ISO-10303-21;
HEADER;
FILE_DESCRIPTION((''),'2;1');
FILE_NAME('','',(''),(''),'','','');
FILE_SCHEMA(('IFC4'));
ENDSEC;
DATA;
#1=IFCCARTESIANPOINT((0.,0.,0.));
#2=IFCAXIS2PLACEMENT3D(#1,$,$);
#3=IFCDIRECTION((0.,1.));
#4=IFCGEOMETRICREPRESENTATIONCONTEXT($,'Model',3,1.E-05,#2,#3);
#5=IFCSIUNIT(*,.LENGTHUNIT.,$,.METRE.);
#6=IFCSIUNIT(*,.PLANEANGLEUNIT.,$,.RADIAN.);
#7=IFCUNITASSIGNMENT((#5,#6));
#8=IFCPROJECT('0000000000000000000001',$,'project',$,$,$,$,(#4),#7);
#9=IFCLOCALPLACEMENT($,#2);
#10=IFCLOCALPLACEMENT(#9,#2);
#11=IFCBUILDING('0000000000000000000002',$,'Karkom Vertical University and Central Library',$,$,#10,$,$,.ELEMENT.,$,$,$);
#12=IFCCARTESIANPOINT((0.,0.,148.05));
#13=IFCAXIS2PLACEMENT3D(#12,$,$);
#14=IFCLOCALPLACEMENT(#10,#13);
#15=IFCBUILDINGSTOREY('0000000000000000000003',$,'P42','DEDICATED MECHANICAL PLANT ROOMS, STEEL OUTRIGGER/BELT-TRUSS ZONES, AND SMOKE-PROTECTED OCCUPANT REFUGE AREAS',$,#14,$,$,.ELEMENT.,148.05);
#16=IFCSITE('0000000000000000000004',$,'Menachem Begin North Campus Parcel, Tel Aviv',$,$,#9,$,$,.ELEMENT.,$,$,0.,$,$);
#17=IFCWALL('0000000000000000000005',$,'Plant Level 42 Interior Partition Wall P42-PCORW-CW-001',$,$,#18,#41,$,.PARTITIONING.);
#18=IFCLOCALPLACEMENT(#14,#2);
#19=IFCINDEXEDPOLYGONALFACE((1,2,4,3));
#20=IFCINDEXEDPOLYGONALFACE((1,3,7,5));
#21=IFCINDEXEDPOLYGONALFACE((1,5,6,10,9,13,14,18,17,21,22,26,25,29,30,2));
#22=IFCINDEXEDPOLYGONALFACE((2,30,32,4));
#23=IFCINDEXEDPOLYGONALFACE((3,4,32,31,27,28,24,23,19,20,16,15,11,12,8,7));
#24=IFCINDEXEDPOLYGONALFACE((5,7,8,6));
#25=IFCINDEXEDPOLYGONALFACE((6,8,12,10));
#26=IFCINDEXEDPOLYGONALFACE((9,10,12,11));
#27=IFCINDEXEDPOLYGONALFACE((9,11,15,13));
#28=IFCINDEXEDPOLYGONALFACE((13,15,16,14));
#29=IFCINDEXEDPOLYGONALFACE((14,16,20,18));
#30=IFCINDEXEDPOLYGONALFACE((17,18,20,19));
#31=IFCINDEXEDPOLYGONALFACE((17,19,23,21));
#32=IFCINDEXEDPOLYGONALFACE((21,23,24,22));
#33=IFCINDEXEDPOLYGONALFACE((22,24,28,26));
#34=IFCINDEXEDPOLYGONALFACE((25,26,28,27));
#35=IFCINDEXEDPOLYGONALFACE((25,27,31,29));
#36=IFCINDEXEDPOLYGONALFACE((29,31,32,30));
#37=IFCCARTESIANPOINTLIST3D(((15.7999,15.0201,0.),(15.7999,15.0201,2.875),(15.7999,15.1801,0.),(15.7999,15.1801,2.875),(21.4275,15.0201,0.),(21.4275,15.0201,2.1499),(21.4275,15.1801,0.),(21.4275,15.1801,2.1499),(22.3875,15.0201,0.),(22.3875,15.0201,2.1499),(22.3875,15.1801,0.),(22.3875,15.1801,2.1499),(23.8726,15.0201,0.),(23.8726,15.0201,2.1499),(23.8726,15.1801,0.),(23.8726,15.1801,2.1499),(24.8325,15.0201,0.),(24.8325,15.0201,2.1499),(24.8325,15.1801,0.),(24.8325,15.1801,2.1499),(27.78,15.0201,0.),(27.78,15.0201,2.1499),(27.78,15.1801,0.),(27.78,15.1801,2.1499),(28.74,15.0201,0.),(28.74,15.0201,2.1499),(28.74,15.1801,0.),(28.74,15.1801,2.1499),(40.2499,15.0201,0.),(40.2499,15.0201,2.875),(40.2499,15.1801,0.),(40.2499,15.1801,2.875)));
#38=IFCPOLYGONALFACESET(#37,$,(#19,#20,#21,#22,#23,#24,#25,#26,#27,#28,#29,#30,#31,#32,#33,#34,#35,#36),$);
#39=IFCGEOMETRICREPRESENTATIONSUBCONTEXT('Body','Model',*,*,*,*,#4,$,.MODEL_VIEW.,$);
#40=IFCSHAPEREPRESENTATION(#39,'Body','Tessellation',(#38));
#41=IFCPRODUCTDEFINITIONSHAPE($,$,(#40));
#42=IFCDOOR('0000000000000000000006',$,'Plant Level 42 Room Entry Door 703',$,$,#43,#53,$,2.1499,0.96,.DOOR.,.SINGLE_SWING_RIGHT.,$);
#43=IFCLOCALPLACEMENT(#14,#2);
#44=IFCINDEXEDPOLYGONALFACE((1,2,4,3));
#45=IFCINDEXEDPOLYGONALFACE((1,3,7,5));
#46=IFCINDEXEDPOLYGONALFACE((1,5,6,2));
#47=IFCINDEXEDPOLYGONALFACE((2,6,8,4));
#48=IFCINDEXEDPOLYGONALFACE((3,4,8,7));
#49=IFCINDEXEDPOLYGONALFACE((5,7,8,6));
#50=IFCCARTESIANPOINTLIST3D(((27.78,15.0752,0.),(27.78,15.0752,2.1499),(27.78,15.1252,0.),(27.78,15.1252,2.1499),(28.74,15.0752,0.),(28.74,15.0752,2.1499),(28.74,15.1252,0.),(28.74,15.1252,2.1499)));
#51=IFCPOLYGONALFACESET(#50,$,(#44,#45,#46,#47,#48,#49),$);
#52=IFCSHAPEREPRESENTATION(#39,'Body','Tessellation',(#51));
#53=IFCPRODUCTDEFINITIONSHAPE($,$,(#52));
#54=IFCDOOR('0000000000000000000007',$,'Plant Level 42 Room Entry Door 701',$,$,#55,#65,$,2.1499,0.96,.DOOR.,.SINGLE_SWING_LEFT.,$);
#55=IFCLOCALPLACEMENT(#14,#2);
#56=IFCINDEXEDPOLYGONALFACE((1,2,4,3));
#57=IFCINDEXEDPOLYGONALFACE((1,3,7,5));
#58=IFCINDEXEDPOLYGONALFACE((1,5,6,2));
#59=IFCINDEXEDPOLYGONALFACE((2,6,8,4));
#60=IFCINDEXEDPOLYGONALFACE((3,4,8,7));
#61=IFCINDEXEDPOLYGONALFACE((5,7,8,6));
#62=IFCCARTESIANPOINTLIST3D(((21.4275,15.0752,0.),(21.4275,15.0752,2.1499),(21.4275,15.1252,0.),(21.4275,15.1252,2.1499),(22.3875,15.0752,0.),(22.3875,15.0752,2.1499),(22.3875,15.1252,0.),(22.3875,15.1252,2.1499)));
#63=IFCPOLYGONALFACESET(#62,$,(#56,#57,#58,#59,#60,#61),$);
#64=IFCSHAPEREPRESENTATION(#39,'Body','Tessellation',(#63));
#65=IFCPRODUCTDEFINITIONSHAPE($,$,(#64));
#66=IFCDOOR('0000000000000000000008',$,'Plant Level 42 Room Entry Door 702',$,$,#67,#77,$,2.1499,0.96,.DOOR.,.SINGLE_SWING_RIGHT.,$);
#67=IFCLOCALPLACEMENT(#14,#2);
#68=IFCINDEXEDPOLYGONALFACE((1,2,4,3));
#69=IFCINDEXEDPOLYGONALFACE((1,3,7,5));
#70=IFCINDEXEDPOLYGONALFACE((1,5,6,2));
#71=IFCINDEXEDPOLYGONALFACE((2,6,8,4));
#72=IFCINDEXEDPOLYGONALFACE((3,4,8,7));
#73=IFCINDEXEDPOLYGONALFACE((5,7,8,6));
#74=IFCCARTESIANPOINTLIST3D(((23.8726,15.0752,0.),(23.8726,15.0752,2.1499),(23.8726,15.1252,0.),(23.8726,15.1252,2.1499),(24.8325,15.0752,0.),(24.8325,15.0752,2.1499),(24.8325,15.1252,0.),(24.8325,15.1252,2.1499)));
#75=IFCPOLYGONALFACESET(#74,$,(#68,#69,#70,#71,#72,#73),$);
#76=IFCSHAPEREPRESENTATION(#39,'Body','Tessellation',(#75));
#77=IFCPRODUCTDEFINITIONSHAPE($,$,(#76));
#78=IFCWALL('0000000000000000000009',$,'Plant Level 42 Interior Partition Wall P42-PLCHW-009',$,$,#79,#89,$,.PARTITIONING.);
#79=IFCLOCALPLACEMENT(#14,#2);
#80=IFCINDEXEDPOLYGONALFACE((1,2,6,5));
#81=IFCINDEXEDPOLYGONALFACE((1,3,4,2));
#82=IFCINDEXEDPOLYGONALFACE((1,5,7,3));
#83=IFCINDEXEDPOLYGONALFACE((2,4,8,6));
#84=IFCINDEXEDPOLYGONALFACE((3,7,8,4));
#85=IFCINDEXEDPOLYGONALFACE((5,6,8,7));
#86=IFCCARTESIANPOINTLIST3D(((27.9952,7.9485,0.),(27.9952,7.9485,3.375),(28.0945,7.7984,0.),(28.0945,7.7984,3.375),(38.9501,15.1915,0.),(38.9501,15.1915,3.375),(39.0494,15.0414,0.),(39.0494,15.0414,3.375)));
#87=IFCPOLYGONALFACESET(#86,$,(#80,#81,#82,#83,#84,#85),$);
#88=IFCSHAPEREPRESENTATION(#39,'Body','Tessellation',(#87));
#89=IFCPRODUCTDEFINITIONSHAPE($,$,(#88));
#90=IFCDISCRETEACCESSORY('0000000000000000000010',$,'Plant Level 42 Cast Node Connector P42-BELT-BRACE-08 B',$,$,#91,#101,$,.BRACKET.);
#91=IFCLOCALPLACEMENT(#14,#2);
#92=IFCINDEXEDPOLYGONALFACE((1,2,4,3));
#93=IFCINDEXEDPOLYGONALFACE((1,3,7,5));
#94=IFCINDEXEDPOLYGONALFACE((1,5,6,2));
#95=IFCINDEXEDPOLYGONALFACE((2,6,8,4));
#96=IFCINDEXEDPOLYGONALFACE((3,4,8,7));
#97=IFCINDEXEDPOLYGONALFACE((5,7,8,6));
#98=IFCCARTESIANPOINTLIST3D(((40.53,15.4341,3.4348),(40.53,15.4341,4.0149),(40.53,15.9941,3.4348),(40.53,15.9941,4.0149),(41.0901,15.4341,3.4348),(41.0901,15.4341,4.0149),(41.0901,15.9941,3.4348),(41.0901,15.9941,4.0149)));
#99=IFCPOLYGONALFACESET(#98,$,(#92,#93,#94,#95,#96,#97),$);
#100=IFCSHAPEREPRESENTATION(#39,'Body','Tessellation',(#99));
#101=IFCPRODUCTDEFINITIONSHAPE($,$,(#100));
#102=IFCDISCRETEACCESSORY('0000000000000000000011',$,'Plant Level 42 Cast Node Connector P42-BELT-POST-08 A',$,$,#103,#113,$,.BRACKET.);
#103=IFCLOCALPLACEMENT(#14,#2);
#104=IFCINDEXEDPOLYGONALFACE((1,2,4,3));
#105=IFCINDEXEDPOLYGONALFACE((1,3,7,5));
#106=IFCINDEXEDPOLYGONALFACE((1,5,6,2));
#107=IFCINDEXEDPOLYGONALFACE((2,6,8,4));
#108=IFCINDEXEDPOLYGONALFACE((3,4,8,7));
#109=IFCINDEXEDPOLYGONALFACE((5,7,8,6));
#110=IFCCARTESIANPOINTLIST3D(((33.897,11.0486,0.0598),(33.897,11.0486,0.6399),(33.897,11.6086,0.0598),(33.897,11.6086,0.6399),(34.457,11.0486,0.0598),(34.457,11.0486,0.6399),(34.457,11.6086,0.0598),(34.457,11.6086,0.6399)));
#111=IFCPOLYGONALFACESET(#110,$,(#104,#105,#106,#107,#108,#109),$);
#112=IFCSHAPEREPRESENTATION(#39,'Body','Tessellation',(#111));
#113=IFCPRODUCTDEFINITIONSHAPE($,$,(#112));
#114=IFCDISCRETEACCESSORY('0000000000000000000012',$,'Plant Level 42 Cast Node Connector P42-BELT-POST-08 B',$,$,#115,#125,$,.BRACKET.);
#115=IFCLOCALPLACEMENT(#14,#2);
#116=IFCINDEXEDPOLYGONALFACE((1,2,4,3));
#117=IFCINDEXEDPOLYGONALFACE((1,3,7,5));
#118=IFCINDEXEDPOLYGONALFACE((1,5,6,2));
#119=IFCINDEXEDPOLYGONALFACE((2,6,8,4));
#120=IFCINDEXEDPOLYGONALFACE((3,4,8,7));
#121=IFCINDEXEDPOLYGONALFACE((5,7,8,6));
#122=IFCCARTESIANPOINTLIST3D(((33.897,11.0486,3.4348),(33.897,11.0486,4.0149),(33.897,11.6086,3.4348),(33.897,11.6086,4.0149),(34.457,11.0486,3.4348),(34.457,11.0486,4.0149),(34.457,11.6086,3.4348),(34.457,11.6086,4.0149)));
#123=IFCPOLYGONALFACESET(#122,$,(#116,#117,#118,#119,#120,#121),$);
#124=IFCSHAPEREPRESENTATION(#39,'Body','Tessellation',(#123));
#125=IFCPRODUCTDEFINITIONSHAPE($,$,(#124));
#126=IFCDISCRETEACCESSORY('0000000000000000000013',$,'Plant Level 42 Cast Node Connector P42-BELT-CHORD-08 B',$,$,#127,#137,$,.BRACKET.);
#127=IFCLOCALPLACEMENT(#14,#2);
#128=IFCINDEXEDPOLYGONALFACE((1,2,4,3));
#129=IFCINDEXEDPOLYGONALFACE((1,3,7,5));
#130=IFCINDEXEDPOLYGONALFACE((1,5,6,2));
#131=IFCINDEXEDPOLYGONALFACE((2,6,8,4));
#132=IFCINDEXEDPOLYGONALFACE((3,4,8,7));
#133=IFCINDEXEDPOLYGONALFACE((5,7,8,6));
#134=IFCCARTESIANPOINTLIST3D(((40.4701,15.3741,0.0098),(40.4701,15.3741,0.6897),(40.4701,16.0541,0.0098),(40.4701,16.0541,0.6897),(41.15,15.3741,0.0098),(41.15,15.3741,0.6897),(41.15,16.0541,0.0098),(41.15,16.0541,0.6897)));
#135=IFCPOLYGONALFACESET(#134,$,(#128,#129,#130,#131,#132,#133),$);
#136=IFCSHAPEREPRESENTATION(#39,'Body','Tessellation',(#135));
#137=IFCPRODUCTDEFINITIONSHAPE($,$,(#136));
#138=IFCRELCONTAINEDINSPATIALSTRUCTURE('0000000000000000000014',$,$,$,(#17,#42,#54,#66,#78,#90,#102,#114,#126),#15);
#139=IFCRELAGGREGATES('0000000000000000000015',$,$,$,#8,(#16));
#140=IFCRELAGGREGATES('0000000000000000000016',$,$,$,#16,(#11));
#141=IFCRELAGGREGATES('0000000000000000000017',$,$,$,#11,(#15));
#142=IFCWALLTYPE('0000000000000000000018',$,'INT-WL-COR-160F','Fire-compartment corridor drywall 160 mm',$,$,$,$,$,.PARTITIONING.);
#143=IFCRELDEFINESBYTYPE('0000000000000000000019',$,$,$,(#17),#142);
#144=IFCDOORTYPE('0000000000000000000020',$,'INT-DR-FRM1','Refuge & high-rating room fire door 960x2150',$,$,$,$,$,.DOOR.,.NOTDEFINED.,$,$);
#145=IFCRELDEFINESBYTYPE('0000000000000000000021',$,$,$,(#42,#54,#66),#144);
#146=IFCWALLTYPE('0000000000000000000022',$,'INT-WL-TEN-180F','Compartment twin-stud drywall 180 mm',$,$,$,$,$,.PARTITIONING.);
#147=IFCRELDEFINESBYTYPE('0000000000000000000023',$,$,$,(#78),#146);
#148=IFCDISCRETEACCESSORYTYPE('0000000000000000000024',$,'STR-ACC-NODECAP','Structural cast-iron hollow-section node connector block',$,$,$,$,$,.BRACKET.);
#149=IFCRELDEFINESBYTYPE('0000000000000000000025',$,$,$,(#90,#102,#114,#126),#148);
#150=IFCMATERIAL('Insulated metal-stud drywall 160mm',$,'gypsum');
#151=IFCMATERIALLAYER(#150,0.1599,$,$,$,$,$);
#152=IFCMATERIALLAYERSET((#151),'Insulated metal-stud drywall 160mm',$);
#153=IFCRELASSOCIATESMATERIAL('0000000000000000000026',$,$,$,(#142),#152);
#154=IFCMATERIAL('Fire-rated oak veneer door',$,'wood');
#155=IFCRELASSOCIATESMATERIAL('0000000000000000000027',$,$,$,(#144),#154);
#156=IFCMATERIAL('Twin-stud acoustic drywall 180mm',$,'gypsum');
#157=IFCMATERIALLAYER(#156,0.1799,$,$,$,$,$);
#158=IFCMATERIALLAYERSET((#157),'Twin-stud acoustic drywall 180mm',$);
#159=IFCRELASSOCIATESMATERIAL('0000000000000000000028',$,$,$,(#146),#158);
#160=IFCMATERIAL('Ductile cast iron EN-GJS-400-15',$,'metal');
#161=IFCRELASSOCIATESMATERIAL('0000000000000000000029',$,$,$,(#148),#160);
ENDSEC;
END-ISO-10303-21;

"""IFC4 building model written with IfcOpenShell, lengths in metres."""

from ifc_helpers import new_model, si_unit, direction, frame, frame_2d, origin, origin_with_axes, origin_2d, place, context, subcontext, project, spatial, rectangle, extrude, source, transform, mapped, material, layer, layer_set, type_object, element, fill, save


model = new_model("IFC4")

# Units and contexts
model_context = context("Model", 3, precision=1e-05, world=origin(), true_north=direction((0.0, 1.0)))
body_context = subcontext(model_context, "Body", "Model", "MODEL_VIEW")
ifc_project = project(units=[si_unit("LENGTHUNIT", "METRE"), si_unit("PLANEANGLEUNIT", "RADIAN")], contexts=[model_context])

# Site, building, storey
site_placement = place(None, origin())
site = spatial("IfcSite", under=ifc_project, at=site_placement, Name="Menachem Begin North Campus Parcel, Tel Aviv", CompositionType="ELEMENT", RefElevation=0.0)
building_placement = place(site_placement, origin())
building = spatial("IfcBuilding", under=site, at=building_placement, Name="Karkom Vertical University and Central Library", CompositionType="ELEMENT")
storey_placement = place(building_placement, frame((0.0, 0.0, 148.05)))
storey = spatial("IfcBuildingStorey", under=building, at=storey_placement, Name="P42", Description="DEDICATED MECHANICAL PLANT ROOMS, STEEL OUTRIGGER/BELT-TRUSS ZONES, AND SMOKE-PROTECTED OCCUPANT REFUGE AREAS", CompositionType="ELEMENT", Elevation=148.05)

# Wall, openings, doors
ifc_material_1 = material(Name="Insulated metal-stud drywall 160mm", Category="gypsum")
ifc_layer_1 = layer(ifc_material_1, 0.1599)
ifc_layer_set_1 = layer_set([ifc_layer_1], Name="Insulated metal-stud drywall 160mm")
wall_type_1 = type_object("IfcWallType", Name="INT-WL-COR-160F", Description="Fire-compartment corridor drywall 160 mm", PredefinedType="PARTITIONING", material=ifc_layer_set_1)
wall_1_placement = place(storey_placement, frame((40.25, 15.1001, 0.0), z_axis=(0.0, 0.0, 1.0), x_axis=(-1.0, 0.0, 0.0)))
wall_1 = element("IfcWall", 1, at=wall_1_placement, inside=storey, type_object=wall_type_1, Name="Plant Level 42 Interior Partition Wall P42-PCORW-CW-001", PredefinedType="PARTITIONING", context=body_context, shape_type="SweptSolid", body=[
    extrude(rectangle(XDim=24.45, YDim=0.1599, at=frame_2d((12.2251, 0.0))), origin(), (0.0, 0.0, 1.0), 2.875),
])
opening_1_placement = place(wall_1_placement, frame((11.51, 0.0, 0.0)))
opening_1 = element("IfcOpeningElement", 2, at=opening_1_placement, cuts=wall_1, PredefinedType="OPENING", context=body_context, shape_type="SweptSolid", body=[
    extrude(rectangle(XDim=0.96, YDim=2.1499, at=frame_2d((0.48, 1.075))), frame((0.0, 0.0898, 0.0), z_axis=(0.0, -1.0, 0.0), x_axis=(1.0, 0.0, 0.0)), (0.0, 0.0, 1.0), 0.1799),
])
opening_2_placement = place(wall_1_placement, frame((17.8625, 0.0, 0.0)))
opening_2 = element("IfcOpeningElement", 3, at=opening_2_placement, cuts=wall_1, PredefinedType="OPENING", context=body_context, shape_type="SweptSolid", body=[
    extrude(rectangle(XDim=0.96, YDim=2.1499, at=frame_2d((0.48, 1.075))), frame((0.0, 0.0898, 0.0), z_axis=(0.0, -1.0, 0.0), x_axis=(1.0, 0.0, 0.0)), (0.0, 0.0, 1.0), 0.1799),
])
opening_3_placement = place(wall_1_placement, frame((15.4175, 0.0, 0.0)))
opening_3 = element("IfcOpeningElement", 4, at=opening_3_placement, cuts=wall_1, PredefinedType="OPENING", context=body_context, shape_type="SweptSolid", body=[
    extrude(rectangle(XDim=0.96, YDim=2.1499, at=frame_2d((0.48, 1.075))), frame((0.0, 0.0898, 0.0), z_axis=(0.0, -1.0, 0.0), x_axis=(1.0, 0.0, 0.0)), (0.0, 0.0, 1.0), 0.1799),
])
ifc_material_2 = material(Name="Fire-rated oak veneer door", Category="wood")
door_type = type_object("IfcDoorType", Name="INT-DR-FRM1", Description="Refuge & high-rating room fire door 960x2150", OperationType="NOTDEFINED", PredefinedType="DOOR", material=ifc_material_2)
shared_shape_1 = source(origin_with_axes(), body_context, "Body", "SweptSolid", [
    extrude(rectangle(XDim=0.96, YDim=2.1499, at=frame_2d((0.48, 1.075))), frame((0.0, 0.0249, 0.0), z_axis=(0.0, -1.0, 0.0), x_axis=(1.0, 0.0, 0.0)), (0.0, 0.0, 1.0), 0.05),
])
door_1_placement = place(opening_1_placement, origin())
door_1 = element("IfcDoor", 5, at=door_1_placement, inside=storey, type_object=door_type, Name="Plant Level 42 Room Entry Door 703", OperationType="SINGLE_SWING_RIGHT", OverallHeight=2.1499, OverallWidth=0.96, PredefinedType="DOOR", context=body_context, shape_type="MappedRepresentation", body=[
    mapped(shared_shape_1, transform((0.0, 0.0, 0.0), scale=1.0)),
])
fill(opening_1, door_1)
door_2_placement = place(opening_2_placement, origin())
door_2 = element("IfcDoor", 6, at=door_2_placement, inside=storey, type_object=door_type, Name="Plant Level 42 Room Entry Door 701", OperationType="SINGLE_SWING_LEFT", OverallHeight=2.1499, OverallWidth=0.96, PredefinedType="DOOR", context=body_context, shape_type="MappedRepresentation", body=[
    mapped(shared_shape_1, transform((0.0, 0.0, 0.0), scale=1.0)),
])
fill(opening_2, door_2)
door_3_placement = place(opening_3_placement, origin())
door_3 = element("IfcDoor", 7, at=door_3_placement, inside=storey, type_object=door_type, Name="Plant Level 42 Room Entry Door 702", OperationType="SINGLE_SWING_RIGHT", OverallHeight=2.1499, OverallWidth=0.96, PredefinedType="DOOR", context=body_context, shape_type="MappedRepresentation", body=[
    mapped(shared_shape_1, transform((0.0, 0.0, 0.0), scale=1.0)),
])
fill(opening_3, door_3)

# Wall
ifc_material_3 = material(Name="Twin-stud acoustic drywall 180mm", Category="gypsum")
ifc_layer_2 = layer(ifc_material_3, 0.1799)
ifc_layer_set_2 = layer_set([ifc_layer_2], Name="Twin-stud acoustic drywall 180mm")
wall_type_2 = type_object("IfcWallType", Name="INT-WL-TEN-180F", Description="Compartment twin-stud drywall 180 mm", PredefinedType="PARTITIONING", material=ifc_layer_set_2)
wall_2_placement = place(storey_placement, frame((38.9998, 15.1165, 0.0), z_axis=(0.0, 0.0, 1.0), x_axis=(-0.834164, -0.551517, 0.0)))
element("IfcWall", 8, at=wall_2_placement, inside=storey, type_object=wall_type_2, Name="Plant Level 42 Interior Partition Wall P42-PLCHW-009", PredefinedType="PARTITIONING", context=body_context, shape_type="SweptSolid", body=[
    extrude(rectangle(XDim=13.1328, YDim=0.1799, at=frame_2d((6.5664, 0.0))), origin(), (0.0, 0.0, 1.0), 3.375),
])

# Discrete accessories
ifc_material_4 = material(Name="Ductile cast iron EN-GJS-400-15", Category="metal")
discrete_accessory_type = type_object("IfcDiscreteAccessoryType", Name="STR-ACC-NODECAP", Description="Structural cast-iron hollow-section node connector block", PredefinedType="BRACKET", material=ifc_material_4)
shared_shape_2 = source(origin_with_axes(), body_context, "Body", "SweptSolid", [
    extrude(rectangle(XDim=0.5601, YDim=0.5601, at=origin_2d()), origin(), (0.0, 0.0, 1.0), 0.5801),
])
for number, where, z_axis, x_axis, name in (
    (9, (40.8101, 15.7141, 3.4348), (0.0, 0.0, 1.0), (1.0, 0.0, 0.0), "Plant Level 42 Cast Node Connector P42-BELT-BRACE-08 B"),
    (10, (34.177, 11.3286, 0.0598), (0.0, 0.0, 1.0), (1.0, 0.0, 0.0), "Plant Level 42 Cast Node Connector P42-BELT-POST-08 A"),
    (11, (34.177, 11.3286, 3.4348), (0.0, 0.0, 1.0), (1.0, 0.0, 0.0), "Plant Level 42 Cast Node Connector P42-BELT-POST-08 B"),
):
    element("IfcDiscreteAccessory", number, at=place(storey_placement, frame(where, z_axis=z_axis, x_axis=x_axis)), inside=storey, type_object=discrete_accessory_type, Name=name, PredefinedType="BRACKET", context=body_context, shape_type="MappedRepresentation", body=[
        mapped(shared_shape_2, transform((0.0, 0.0, 0.0), scale=1.0)),
    ])
shared_shape_3 = source(origin_with_axes(), body_context, "Body", "SweptSolid", [
    extrude(rectangle(XDim=0.6799, YDim=0.6799, at=origin_2d()), origin(), (0.0, 0.0, 1.0), 0.6799),
])
discrete_accessory_placement = place(storey_placement, frame((40.8101, 15.7141, 0.0098), z_axis=(0.0, 0.0, 1.0), x_axis=(1.0, 0.0, 0.0)))
element("IfcDiscreteAccessory", 12, at=discrete_accessory_placement, inside=storey, type_object=discrete_accessory_type, Name="Plant Level 42 Cast Node Connector P42-BELT-CHORD-08 B", PredefinedType="BRACKET", context=body_context, shape_type="MappedRepresentation", body=[
    mapped(shared_shape_3, transform((0.0, 0.0, 0.0), scale=1.0)),
])

save(model, "model.ifc")
